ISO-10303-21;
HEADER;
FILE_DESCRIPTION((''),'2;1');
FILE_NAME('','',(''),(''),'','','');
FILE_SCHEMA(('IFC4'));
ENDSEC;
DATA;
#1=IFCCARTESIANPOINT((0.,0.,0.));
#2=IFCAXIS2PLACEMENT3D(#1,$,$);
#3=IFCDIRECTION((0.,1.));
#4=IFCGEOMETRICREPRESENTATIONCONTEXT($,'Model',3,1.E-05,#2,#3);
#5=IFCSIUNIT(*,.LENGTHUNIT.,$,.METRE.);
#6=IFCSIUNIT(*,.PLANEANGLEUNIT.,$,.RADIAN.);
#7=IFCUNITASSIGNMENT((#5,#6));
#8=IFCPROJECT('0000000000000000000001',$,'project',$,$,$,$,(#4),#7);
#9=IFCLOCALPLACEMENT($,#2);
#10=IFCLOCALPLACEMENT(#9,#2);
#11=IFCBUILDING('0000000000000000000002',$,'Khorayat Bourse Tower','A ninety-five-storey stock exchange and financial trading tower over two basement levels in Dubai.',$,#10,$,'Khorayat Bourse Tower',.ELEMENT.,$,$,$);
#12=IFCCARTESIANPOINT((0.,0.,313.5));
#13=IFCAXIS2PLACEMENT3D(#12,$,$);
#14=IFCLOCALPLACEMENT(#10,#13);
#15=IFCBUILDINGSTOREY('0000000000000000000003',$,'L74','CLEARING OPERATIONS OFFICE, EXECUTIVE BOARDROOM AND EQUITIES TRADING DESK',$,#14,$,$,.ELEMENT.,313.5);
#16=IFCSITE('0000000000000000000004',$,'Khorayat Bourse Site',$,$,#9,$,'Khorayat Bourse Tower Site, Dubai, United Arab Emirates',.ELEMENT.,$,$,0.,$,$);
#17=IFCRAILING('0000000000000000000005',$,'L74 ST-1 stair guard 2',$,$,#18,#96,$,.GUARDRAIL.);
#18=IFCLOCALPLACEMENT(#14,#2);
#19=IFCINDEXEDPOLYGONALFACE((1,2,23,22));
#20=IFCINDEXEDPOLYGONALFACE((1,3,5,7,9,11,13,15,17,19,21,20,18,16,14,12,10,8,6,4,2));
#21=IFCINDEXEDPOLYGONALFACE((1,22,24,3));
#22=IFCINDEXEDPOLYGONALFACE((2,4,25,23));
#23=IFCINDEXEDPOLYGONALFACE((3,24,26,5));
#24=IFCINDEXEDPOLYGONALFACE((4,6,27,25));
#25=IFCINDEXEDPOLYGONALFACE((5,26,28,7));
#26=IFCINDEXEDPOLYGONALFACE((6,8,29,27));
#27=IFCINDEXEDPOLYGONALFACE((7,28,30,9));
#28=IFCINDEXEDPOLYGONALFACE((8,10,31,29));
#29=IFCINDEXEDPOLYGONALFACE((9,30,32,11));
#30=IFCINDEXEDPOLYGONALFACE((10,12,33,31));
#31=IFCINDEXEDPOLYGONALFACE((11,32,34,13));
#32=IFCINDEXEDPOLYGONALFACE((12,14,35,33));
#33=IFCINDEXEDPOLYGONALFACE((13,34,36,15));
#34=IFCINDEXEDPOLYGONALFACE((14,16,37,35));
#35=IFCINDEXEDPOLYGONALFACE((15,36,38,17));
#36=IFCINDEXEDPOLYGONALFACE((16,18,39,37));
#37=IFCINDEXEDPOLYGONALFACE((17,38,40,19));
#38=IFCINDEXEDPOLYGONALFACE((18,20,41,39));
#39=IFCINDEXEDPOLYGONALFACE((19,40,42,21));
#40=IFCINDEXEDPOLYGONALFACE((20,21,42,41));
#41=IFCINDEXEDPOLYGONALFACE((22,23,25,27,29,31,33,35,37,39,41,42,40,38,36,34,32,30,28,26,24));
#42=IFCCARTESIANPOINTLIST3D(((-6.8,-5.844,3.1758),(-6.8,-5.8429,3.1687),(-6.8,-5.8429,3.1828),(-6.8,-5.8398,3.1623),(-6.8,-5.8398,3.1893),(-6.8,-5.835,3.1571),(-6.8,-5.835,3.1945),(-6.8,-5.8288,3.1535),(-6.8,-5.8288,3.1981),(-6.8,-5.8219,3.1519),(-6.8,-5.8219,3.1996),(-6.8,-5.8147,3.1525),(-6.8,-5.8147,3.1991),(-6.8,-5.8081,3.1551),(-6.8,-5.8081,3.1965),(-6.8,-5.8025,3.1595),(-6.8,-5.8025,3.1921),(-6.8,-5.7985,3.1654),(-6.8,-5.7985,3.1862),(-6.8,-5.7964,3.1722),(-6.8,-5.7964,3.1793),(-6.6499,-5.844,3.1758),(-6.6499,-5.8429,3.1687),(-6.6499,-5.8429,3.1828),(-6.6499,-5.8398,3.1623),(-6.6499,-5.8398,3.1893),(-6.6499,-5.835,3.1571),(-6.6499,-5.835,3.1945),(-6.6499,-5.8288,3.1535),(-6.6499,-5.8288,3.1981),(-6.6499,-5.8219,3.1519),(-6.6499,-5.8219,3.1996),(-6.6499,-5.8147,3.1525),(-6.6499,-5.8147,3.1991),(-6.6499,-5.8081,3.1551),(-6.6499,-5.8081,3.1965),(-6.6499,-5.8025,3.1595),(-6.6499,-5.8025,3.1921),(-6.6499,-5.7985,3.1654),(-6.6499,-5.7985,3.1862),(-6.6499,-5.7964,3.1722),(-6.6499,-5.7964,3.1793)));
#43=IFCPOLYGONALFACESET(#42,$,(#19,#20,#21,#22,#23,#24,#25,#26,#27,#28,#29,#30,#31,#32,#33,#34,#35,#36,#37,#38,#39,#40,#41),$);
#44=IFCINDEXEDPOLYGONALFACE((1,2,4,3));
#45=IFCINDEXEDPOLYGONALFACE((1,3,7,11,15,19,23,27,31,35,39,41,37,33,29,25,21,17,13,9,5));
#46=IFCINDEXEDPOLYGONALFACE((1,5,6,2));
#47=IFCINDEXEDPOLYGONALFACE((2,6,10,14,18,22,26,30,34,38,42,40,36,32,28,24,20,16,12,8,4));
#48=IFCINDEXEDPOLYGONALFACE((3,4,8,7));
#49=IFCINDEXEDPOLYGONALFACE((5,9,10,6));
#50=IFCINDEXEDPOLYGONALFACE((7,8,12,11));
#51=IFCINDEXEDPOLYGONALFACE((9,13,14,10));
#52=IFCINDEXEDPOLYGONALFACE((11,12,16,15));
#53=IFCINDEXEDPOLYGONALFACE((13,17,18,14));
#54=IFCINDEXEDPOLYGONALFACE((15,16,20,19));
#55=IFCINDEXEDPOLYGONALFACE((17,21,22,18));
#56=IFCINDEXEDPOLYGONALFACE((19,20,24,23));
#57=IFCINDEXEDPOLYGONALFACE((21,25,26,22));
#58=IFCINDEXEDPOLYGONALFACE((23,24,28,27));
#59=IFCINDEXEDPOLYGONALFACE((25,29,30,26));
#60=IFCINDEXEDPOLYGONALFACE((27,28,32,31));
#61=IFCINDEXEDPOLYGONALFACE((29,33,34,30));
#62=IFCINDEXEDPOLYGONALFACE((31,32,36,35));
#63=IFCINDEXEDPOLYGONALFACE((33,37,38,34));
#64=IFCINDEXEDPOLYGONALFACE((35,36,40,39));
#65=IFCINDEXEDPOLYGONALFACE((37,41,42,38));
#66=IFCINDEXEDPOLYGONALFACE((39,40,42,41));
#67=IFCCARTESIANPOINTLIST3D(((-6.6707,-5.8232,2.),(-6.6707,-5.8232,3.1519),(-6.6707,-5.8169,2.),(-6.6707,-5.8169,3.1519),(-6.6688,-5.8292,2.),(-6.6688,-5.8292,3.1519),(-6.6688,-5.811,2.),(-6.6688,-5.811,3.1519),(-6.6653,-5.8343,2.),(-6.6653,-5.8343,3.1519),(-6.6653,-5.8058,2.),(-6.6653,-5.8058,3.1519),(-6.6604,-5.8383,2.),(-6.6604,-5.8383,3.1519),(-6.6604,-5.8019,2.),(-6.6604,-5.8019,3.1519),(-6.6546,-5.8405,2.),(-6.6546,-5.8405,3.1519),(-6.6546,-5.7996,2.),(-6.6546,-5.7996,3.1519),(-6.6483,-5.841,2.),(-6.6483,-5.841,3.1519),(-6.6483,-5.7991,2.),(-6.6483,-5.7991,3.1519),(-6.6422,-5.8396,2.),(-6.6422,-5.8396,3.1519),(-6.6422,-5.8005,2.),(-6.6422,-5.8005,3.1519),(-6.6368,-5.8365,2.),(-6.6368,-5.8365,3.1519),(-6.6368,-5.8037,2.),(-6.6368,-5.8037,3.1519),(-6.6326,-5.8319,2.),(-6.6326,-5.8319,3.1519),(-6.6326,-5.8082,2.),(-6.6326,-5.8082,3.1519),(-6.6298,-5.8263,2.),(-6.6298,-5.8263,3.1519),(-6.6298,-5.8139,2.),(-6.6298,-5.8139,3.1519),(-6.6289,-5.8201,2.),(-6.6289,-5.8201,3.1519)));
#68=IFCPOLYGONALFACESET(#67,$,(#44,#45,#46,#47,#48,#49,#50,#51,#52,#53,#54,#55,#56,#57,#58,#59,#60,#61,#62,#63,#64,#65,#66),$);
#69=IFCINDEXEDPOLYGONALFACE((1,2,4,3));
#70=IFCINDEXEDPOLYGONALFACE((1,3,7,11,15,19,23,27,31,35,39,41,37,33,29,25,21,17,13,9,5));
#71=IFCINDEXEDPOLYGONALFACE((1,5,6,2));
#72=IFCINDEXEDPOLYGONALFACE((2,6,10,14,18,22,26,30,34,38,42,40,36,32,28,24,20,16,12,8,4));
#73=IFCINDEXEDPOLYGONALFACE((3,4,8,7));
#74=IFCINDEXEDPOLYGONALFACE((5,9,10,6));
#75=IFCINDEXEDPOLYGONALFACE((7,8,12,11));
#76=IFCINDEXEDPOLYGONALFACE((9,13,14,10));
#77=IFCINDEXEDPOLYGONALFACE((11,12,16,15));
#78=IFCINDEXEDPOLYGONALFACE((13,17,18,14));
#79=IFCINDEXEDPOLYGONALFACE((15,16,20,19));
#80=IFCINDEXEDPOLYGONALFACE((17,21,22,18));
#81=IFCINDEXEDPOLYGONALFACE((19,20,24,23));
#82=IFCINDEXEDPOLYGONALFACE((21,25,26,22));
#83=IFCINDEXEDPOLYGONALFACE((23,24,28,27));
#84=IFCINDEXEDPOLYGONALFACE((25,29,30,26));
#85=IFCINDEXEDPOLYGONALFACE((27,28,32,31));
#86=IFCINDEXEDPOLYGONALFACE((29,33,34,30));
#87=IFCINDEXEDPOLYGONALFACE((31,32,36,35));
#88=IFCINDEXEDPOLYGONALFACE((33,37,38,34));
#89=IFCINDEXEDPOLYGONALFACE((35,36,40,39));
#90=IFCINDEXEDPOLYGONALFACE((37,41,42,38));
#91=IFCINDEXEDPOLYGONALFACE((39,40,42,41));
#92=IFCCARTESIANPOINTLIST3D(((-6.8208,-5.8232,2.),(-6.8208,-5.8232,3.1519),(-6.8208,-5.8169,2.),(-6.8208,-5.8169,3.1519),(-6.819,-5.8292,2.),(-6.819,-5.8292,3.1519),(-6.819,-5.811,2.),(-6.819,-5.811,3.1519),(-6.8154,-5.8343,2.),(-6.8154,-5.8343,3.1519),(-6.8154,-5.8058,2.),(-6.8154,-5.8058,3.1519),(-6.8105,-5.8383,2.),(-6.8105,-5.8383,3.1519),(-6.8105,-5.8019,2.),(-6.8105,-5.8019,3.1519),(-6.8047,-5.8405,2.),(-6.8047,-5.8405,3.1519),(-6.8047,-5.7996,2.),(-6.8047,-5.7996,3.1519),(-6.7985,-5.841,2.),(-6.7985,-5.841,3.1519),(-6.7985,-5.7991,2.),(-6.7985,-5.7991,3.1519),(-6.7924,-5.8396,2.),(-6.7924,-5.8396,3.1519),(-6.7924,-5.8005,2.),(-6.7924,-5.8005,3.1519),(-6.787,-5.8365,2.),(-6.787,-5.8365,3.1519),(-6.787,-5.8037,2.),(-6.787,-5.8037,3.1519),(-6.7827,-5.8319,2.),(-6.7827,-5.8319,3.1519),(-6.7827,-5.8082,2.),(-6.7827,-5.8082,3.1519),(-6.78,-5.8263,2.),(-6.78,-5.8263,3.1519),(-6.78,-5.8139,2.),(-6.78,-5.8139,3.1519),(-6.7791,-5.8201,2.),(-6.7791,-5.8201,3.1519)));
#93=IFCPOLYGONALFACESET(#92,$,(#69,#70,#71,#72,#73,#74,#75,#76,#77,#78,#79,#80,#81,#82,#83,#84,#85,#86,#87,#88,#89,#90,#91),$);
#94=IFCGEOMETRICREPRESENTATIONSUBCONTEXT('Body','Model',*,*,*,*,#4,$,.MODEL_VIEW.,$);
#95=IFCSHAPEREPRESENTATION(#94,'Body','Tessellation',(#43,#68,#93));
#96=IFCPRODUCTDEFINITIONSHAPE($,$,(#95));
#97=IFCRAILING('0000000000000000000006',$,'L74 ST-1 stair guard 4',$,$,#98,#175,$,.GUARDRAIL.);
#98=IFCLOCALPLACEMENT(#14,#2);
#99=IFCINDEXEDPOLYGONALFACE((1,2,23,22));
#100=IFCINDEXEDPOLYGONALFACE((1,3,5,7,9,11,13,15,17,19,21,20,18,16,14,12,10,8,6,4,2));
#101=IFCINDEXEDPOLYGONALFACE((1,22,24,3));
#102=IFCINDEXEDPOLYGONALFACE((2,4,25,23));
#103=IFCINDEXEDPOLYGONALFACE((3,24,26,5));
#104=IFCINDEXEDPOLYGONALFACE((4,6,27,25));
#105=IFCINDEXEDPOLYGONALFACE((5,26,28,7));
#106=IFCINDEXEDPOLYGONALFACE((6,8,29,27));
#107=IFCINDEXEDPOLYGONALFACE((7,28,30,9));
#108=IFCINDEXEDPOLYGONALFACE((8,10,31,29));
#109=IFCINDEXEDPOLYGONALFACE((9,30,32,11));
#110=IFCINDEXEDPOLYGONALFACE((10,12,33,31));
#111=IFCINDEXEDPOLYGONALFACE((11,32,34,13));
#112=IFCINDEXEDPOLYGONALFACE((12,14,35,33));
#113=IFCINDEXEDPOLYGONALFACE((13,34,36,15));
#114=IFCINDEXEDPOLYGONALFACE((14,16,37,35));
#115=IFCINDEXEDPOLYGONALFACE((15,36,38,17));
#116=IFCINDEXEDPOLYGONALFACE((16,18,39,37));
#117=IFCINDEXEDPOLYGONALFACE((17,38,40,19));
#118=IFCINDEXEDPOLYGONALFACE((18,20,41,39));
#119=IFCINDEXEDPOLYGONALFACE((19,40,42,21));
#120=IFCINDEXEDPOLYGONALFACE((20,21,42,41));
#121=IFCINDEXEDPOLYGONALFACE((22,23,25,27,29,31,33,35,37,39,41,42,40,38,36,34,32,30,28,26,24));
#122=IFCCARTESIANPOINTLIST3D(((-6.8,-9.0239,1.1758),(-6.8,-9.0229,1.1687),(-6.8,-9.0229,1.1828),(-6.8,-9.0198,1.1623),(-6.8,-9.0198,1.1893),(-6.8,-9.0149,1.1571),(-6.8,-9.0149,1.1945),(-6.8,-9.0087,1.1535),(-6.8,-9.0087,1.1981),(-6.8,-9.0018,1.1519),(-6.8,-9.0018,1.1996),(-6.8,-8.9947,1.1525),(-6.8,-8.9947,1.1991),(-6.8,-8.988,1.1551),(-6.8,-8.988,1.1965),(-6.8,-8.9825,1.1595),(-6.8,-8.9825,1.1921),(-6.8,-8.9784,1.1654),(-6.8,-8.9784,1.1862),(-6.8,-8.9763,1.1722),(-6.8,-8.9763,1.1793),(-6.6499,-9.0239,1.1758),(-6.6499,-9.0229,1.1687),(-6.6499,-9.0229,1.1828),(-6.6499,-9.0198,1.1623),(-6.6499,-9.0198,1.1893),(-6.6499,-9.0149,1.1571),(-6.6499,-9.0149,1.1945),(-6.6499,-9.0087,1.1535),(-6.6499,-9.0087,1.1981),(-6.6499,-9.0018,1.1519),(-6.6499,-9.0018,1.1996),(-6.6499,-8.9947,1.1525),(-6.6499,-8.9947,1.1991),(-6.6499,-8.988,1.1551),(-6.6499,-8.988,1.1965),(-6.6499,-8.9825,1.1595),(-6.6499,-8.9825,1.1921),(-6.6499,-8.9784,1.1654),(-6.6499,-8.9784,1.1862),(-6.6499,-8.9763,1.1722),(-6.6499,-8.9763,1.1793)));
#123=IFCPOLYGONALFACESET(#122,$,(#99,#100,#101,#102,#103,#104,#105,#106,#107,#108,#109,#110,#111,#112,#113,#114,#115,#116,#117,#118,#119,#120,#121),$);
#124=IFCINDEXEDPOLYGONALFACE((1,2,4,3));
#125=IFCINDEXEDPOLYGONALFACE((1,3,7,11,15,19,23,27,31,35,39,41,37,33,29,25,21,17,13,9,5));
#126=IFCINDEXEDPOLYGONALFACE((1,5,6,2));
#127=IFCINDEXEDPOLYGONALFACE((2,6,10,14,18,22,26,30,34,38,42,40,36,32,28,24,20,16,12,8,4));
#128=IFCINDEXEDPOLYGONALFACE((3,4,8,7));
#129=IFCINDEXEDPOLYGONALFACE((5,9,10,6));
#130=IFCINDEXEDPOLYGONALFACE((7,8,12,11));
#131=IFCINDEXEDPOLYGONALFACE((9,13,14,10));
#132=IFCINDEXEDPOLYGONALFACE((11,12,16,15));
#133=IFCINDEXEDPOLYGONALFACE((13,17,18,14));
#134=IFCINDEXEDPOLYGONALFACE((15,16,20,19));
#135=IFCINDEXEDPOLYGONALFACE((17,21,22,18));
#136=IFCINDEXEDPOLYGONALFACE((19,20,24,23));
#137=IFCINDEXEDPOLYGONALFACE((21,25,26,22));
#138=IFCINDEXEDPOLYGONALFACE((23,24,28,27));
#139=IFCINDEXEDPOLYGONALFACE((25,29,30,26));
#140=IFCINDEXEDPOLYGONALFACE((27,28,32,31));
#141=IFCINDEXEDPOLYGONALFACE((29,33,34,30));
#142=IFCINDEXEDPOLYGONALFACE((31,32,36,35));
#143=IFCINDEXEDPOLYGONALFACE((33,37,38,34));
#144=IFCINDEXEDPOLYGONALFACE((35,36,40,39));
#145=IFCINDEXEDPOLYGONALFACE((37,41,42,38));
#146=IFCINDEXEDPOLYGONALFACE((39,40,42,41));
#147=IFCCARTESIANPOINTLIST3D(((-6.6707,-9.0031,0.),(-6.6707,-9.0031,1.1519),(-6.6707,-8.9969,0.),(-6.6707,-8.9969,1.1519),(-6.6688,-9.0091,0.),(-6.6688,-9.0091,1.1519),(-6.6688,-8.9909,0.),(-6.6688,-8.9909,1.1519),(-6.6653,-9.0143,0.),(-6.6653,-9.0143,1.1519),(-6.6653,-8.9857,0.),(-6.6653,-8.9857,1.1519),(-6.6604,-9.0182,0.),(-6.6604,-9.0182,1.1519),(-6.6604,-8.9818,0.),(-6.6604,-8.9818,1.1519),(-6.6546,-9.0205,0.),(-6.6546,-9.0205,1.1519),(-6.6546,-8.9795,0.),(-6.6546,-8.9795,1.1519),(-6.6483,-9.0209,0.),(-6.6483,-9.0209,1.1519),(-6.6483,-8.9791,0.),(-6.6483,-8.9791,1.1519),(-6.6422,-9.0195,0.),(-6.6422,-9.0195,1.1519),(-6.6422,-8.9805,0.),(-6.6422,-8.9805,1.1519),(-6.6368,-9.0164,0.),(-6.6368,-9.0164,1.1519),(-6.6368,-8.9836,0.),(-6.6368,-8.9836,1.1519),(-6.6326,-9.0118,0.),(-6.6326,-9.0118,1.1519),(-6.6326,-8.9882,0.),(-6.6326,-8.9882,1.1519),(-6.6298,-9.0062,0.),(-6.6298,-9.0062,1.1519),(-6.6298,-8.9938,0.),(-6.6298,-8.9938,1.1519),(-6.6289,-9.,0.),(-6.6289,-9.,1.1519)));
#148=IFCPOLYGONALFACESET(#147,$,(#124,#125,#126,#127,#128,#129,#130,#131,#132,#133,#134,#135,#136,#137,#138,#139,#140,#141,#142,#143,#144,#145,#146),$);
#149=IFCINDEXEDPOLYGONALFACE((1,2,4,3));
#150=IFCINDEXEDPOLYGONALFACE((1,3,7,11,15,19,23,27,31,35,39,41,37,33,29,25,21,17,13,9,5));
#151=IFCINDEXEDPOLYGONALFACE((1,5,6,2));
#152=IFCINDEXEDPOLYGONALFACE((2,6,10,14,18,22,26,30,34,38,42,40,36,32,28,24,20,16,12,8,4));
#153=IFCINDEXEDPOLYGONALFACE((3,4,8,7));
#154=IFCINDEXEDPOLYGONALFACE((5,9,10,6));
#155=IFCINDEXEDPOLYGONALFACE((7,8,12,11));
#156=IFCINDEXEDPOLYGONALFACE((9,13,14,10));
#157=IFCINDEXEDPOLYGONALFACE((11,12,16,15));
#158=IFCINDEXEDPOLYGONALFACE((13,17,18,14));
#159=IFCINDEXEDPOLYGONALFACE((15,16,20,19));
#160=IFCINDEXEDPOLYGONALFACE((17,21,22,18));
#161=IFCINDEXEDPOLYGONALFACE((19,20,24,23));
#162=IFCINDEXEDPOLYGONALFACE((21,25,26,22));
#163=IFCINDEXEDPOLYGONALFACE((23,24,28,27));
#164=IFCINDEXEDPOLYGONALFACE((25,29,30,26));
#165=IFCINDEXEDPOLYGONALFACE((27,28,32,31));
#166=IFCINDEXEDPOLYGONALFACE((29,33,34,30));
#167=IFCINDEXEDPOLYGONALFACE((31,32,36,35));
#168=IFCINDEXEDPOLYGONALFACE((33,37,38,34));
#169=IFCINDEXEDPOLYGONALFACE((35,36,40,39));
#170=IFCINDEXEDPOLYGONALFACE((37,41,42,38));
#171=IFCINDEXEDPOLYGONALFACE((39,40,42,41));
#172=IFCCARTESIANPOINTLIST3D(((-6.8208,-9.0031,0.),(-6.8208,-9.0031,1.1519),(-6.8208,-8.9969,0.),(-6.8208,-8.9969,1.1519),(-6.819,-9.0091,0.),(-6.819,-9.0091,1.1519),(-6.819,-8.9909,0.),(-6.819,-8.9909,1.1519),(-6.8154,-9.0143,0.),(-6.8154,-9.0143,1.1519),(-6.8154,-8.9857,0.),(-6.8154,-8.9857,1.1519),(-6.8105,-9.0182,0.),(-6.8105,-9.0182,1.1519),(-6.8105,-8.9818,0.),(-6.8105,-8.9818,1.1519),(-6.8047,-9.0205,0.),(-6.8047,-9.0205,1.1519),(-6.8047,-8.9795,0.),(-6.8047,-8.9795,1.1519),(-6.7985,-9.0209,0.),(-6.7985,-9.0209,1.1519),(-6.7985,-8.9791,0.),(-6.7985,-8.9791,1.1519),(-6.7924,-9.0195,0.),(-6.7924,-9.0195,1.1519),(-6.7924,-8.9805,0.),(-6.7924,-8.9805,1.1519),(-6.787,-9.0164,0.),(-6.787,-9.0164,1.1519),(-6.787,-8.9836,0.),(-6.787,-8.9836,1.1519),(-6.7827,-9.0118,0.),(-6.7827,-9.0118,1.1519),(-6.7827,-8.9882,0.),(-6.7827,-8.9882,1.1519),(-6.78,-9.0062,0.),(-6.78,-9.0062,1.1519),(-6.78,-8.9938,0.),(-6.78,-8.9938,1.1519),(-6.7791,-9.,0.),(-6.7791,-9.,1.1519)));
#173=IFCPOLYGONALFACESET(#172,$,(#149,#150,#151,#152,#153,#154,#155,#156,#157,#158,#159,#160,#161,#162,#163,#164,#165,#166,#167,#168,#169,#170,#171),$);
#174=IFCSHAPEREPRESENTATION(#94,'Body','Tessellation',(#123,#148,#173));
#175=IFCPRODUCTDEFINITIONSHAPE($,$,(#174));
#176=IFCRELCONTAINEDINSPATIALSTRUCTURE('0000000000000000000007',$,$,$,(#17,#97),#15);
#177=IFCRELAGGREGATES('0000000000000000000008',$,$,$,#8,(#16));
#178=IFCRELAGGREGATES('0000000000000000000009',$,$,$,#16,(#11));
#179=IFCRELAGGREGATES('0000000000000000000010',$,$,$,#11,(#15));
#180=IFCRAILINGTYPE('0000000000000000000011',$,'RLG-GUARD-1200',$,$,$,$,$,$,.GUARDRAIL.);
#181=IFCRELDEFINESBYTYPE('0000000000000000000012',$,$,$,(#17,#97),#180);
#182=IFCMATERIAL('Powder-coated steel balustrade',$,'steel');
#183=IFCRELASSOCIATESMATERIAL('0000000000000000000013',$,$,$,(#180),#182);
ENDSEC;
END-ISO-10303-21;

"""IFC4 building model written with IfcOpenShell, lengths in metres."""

from ifc_helpers import new_model, si_unit, direction, frame, origin, origin_2d, place, context, subcontext, project, spatial, circle, extrude, source, transform, mapped, material, type_object, element, save


model = new_model("IFC4")

# Units and contexts
model_context = context("Model", 3, precision=1e-05, world=origin(), true_north=direction((0.0, 1.0)))
body_context = subcontext(model_context, "Body", "Model", "MODEL_VIEW")
ifc_project = project(units=[si_unit("LENGTHUNIT", "METRE"), si_unit("PLANEANGLEUNIT", "RADIAN")], contexts=[model_context])

# Site, building, storey
site_placement = place(None, origin())
site = spatial("IfcSite", under=ifc_project, at=site_placement, Name="Khorayat Bourse Site", LongName="Khorayat Bourse Tower Site, Dubai, United Arab Emirates", CompositionType="ELEMENT", RefElevation=0.0)
building_placement = place(site_placement, origin())
building = spatial("IfcBuilding", under=site, at=building_placement, Name="Khorayat Bourse Tower", Description="A ninety-five-storey stock exchange and financial trading tower over two basement levels in Dubai.", LongName="Khorayat Bourse Tower", CompositionType="ELEMENT")
storey_placement = place(building_placement, frame((0.0, 0.0, 313.5)))
storey = spatial("IfcBuildingStorey", under=building, at=storey_placement, Name="L74", Description="CLEARING OPERATIONS OFFICE, EXECUTIVE BOARDROOM AND EQUITIES TRADING DESK", CompositionType="ELEMENT", Elevation=313.5)

# Railings
ifc_material_1 = material(Name="Powder-coated steel balustrade", Category="steel")
railing_type_1 = type_object("IfcRailingType", Name="RLG-GUARD-1200", PredefinedType="GUARDRAIL", material=ifc_material_1)
shared_shape_1 = source(origin(), body_context, "Body", "SweptSolid", [
    extrude(circle(Radius=0.0239, at=origin_2d()), frame((0.0, 0.0, 1.1758), z_axis=(-1.0, 0.0, 0.0), x_axis=(0.0, -1.0, 0.0)), (0.0, 0.0, 1.0), 0.1501),
    extrude(circle(Radius=0.021, at=origin_2d()), origin(), (0.0, 0.0, 1.0), 1.1519),
    extrude(circle(Radius=0.021, at=origin_2d()), frame((-0.1501, 0.0, 0.0)), (0.0, 0.0, 1.0), 1.1519),
])
for number, where, name in (
    (1, (-6.6499, -5.8201, 2.0), "L74 ST-1 stair guard 2"),
    (2, (-6.6499, -9.0, 0.0), "L74 ST-1 stair guard 4"),
):
    element("IfcRailing", number, at=place(storey_placement, frame(where)), inside=storey, type_object=railing_type_1, Name=name, PredefinedType="GUARDRAIL", context=body_context, shape_type="MappedRepresentation", body=[
        mapped(shared_shape_1, transform((0.0, 0.0, 0.0), scale=1.0)),
    ])

save(model, "model.ifc")
